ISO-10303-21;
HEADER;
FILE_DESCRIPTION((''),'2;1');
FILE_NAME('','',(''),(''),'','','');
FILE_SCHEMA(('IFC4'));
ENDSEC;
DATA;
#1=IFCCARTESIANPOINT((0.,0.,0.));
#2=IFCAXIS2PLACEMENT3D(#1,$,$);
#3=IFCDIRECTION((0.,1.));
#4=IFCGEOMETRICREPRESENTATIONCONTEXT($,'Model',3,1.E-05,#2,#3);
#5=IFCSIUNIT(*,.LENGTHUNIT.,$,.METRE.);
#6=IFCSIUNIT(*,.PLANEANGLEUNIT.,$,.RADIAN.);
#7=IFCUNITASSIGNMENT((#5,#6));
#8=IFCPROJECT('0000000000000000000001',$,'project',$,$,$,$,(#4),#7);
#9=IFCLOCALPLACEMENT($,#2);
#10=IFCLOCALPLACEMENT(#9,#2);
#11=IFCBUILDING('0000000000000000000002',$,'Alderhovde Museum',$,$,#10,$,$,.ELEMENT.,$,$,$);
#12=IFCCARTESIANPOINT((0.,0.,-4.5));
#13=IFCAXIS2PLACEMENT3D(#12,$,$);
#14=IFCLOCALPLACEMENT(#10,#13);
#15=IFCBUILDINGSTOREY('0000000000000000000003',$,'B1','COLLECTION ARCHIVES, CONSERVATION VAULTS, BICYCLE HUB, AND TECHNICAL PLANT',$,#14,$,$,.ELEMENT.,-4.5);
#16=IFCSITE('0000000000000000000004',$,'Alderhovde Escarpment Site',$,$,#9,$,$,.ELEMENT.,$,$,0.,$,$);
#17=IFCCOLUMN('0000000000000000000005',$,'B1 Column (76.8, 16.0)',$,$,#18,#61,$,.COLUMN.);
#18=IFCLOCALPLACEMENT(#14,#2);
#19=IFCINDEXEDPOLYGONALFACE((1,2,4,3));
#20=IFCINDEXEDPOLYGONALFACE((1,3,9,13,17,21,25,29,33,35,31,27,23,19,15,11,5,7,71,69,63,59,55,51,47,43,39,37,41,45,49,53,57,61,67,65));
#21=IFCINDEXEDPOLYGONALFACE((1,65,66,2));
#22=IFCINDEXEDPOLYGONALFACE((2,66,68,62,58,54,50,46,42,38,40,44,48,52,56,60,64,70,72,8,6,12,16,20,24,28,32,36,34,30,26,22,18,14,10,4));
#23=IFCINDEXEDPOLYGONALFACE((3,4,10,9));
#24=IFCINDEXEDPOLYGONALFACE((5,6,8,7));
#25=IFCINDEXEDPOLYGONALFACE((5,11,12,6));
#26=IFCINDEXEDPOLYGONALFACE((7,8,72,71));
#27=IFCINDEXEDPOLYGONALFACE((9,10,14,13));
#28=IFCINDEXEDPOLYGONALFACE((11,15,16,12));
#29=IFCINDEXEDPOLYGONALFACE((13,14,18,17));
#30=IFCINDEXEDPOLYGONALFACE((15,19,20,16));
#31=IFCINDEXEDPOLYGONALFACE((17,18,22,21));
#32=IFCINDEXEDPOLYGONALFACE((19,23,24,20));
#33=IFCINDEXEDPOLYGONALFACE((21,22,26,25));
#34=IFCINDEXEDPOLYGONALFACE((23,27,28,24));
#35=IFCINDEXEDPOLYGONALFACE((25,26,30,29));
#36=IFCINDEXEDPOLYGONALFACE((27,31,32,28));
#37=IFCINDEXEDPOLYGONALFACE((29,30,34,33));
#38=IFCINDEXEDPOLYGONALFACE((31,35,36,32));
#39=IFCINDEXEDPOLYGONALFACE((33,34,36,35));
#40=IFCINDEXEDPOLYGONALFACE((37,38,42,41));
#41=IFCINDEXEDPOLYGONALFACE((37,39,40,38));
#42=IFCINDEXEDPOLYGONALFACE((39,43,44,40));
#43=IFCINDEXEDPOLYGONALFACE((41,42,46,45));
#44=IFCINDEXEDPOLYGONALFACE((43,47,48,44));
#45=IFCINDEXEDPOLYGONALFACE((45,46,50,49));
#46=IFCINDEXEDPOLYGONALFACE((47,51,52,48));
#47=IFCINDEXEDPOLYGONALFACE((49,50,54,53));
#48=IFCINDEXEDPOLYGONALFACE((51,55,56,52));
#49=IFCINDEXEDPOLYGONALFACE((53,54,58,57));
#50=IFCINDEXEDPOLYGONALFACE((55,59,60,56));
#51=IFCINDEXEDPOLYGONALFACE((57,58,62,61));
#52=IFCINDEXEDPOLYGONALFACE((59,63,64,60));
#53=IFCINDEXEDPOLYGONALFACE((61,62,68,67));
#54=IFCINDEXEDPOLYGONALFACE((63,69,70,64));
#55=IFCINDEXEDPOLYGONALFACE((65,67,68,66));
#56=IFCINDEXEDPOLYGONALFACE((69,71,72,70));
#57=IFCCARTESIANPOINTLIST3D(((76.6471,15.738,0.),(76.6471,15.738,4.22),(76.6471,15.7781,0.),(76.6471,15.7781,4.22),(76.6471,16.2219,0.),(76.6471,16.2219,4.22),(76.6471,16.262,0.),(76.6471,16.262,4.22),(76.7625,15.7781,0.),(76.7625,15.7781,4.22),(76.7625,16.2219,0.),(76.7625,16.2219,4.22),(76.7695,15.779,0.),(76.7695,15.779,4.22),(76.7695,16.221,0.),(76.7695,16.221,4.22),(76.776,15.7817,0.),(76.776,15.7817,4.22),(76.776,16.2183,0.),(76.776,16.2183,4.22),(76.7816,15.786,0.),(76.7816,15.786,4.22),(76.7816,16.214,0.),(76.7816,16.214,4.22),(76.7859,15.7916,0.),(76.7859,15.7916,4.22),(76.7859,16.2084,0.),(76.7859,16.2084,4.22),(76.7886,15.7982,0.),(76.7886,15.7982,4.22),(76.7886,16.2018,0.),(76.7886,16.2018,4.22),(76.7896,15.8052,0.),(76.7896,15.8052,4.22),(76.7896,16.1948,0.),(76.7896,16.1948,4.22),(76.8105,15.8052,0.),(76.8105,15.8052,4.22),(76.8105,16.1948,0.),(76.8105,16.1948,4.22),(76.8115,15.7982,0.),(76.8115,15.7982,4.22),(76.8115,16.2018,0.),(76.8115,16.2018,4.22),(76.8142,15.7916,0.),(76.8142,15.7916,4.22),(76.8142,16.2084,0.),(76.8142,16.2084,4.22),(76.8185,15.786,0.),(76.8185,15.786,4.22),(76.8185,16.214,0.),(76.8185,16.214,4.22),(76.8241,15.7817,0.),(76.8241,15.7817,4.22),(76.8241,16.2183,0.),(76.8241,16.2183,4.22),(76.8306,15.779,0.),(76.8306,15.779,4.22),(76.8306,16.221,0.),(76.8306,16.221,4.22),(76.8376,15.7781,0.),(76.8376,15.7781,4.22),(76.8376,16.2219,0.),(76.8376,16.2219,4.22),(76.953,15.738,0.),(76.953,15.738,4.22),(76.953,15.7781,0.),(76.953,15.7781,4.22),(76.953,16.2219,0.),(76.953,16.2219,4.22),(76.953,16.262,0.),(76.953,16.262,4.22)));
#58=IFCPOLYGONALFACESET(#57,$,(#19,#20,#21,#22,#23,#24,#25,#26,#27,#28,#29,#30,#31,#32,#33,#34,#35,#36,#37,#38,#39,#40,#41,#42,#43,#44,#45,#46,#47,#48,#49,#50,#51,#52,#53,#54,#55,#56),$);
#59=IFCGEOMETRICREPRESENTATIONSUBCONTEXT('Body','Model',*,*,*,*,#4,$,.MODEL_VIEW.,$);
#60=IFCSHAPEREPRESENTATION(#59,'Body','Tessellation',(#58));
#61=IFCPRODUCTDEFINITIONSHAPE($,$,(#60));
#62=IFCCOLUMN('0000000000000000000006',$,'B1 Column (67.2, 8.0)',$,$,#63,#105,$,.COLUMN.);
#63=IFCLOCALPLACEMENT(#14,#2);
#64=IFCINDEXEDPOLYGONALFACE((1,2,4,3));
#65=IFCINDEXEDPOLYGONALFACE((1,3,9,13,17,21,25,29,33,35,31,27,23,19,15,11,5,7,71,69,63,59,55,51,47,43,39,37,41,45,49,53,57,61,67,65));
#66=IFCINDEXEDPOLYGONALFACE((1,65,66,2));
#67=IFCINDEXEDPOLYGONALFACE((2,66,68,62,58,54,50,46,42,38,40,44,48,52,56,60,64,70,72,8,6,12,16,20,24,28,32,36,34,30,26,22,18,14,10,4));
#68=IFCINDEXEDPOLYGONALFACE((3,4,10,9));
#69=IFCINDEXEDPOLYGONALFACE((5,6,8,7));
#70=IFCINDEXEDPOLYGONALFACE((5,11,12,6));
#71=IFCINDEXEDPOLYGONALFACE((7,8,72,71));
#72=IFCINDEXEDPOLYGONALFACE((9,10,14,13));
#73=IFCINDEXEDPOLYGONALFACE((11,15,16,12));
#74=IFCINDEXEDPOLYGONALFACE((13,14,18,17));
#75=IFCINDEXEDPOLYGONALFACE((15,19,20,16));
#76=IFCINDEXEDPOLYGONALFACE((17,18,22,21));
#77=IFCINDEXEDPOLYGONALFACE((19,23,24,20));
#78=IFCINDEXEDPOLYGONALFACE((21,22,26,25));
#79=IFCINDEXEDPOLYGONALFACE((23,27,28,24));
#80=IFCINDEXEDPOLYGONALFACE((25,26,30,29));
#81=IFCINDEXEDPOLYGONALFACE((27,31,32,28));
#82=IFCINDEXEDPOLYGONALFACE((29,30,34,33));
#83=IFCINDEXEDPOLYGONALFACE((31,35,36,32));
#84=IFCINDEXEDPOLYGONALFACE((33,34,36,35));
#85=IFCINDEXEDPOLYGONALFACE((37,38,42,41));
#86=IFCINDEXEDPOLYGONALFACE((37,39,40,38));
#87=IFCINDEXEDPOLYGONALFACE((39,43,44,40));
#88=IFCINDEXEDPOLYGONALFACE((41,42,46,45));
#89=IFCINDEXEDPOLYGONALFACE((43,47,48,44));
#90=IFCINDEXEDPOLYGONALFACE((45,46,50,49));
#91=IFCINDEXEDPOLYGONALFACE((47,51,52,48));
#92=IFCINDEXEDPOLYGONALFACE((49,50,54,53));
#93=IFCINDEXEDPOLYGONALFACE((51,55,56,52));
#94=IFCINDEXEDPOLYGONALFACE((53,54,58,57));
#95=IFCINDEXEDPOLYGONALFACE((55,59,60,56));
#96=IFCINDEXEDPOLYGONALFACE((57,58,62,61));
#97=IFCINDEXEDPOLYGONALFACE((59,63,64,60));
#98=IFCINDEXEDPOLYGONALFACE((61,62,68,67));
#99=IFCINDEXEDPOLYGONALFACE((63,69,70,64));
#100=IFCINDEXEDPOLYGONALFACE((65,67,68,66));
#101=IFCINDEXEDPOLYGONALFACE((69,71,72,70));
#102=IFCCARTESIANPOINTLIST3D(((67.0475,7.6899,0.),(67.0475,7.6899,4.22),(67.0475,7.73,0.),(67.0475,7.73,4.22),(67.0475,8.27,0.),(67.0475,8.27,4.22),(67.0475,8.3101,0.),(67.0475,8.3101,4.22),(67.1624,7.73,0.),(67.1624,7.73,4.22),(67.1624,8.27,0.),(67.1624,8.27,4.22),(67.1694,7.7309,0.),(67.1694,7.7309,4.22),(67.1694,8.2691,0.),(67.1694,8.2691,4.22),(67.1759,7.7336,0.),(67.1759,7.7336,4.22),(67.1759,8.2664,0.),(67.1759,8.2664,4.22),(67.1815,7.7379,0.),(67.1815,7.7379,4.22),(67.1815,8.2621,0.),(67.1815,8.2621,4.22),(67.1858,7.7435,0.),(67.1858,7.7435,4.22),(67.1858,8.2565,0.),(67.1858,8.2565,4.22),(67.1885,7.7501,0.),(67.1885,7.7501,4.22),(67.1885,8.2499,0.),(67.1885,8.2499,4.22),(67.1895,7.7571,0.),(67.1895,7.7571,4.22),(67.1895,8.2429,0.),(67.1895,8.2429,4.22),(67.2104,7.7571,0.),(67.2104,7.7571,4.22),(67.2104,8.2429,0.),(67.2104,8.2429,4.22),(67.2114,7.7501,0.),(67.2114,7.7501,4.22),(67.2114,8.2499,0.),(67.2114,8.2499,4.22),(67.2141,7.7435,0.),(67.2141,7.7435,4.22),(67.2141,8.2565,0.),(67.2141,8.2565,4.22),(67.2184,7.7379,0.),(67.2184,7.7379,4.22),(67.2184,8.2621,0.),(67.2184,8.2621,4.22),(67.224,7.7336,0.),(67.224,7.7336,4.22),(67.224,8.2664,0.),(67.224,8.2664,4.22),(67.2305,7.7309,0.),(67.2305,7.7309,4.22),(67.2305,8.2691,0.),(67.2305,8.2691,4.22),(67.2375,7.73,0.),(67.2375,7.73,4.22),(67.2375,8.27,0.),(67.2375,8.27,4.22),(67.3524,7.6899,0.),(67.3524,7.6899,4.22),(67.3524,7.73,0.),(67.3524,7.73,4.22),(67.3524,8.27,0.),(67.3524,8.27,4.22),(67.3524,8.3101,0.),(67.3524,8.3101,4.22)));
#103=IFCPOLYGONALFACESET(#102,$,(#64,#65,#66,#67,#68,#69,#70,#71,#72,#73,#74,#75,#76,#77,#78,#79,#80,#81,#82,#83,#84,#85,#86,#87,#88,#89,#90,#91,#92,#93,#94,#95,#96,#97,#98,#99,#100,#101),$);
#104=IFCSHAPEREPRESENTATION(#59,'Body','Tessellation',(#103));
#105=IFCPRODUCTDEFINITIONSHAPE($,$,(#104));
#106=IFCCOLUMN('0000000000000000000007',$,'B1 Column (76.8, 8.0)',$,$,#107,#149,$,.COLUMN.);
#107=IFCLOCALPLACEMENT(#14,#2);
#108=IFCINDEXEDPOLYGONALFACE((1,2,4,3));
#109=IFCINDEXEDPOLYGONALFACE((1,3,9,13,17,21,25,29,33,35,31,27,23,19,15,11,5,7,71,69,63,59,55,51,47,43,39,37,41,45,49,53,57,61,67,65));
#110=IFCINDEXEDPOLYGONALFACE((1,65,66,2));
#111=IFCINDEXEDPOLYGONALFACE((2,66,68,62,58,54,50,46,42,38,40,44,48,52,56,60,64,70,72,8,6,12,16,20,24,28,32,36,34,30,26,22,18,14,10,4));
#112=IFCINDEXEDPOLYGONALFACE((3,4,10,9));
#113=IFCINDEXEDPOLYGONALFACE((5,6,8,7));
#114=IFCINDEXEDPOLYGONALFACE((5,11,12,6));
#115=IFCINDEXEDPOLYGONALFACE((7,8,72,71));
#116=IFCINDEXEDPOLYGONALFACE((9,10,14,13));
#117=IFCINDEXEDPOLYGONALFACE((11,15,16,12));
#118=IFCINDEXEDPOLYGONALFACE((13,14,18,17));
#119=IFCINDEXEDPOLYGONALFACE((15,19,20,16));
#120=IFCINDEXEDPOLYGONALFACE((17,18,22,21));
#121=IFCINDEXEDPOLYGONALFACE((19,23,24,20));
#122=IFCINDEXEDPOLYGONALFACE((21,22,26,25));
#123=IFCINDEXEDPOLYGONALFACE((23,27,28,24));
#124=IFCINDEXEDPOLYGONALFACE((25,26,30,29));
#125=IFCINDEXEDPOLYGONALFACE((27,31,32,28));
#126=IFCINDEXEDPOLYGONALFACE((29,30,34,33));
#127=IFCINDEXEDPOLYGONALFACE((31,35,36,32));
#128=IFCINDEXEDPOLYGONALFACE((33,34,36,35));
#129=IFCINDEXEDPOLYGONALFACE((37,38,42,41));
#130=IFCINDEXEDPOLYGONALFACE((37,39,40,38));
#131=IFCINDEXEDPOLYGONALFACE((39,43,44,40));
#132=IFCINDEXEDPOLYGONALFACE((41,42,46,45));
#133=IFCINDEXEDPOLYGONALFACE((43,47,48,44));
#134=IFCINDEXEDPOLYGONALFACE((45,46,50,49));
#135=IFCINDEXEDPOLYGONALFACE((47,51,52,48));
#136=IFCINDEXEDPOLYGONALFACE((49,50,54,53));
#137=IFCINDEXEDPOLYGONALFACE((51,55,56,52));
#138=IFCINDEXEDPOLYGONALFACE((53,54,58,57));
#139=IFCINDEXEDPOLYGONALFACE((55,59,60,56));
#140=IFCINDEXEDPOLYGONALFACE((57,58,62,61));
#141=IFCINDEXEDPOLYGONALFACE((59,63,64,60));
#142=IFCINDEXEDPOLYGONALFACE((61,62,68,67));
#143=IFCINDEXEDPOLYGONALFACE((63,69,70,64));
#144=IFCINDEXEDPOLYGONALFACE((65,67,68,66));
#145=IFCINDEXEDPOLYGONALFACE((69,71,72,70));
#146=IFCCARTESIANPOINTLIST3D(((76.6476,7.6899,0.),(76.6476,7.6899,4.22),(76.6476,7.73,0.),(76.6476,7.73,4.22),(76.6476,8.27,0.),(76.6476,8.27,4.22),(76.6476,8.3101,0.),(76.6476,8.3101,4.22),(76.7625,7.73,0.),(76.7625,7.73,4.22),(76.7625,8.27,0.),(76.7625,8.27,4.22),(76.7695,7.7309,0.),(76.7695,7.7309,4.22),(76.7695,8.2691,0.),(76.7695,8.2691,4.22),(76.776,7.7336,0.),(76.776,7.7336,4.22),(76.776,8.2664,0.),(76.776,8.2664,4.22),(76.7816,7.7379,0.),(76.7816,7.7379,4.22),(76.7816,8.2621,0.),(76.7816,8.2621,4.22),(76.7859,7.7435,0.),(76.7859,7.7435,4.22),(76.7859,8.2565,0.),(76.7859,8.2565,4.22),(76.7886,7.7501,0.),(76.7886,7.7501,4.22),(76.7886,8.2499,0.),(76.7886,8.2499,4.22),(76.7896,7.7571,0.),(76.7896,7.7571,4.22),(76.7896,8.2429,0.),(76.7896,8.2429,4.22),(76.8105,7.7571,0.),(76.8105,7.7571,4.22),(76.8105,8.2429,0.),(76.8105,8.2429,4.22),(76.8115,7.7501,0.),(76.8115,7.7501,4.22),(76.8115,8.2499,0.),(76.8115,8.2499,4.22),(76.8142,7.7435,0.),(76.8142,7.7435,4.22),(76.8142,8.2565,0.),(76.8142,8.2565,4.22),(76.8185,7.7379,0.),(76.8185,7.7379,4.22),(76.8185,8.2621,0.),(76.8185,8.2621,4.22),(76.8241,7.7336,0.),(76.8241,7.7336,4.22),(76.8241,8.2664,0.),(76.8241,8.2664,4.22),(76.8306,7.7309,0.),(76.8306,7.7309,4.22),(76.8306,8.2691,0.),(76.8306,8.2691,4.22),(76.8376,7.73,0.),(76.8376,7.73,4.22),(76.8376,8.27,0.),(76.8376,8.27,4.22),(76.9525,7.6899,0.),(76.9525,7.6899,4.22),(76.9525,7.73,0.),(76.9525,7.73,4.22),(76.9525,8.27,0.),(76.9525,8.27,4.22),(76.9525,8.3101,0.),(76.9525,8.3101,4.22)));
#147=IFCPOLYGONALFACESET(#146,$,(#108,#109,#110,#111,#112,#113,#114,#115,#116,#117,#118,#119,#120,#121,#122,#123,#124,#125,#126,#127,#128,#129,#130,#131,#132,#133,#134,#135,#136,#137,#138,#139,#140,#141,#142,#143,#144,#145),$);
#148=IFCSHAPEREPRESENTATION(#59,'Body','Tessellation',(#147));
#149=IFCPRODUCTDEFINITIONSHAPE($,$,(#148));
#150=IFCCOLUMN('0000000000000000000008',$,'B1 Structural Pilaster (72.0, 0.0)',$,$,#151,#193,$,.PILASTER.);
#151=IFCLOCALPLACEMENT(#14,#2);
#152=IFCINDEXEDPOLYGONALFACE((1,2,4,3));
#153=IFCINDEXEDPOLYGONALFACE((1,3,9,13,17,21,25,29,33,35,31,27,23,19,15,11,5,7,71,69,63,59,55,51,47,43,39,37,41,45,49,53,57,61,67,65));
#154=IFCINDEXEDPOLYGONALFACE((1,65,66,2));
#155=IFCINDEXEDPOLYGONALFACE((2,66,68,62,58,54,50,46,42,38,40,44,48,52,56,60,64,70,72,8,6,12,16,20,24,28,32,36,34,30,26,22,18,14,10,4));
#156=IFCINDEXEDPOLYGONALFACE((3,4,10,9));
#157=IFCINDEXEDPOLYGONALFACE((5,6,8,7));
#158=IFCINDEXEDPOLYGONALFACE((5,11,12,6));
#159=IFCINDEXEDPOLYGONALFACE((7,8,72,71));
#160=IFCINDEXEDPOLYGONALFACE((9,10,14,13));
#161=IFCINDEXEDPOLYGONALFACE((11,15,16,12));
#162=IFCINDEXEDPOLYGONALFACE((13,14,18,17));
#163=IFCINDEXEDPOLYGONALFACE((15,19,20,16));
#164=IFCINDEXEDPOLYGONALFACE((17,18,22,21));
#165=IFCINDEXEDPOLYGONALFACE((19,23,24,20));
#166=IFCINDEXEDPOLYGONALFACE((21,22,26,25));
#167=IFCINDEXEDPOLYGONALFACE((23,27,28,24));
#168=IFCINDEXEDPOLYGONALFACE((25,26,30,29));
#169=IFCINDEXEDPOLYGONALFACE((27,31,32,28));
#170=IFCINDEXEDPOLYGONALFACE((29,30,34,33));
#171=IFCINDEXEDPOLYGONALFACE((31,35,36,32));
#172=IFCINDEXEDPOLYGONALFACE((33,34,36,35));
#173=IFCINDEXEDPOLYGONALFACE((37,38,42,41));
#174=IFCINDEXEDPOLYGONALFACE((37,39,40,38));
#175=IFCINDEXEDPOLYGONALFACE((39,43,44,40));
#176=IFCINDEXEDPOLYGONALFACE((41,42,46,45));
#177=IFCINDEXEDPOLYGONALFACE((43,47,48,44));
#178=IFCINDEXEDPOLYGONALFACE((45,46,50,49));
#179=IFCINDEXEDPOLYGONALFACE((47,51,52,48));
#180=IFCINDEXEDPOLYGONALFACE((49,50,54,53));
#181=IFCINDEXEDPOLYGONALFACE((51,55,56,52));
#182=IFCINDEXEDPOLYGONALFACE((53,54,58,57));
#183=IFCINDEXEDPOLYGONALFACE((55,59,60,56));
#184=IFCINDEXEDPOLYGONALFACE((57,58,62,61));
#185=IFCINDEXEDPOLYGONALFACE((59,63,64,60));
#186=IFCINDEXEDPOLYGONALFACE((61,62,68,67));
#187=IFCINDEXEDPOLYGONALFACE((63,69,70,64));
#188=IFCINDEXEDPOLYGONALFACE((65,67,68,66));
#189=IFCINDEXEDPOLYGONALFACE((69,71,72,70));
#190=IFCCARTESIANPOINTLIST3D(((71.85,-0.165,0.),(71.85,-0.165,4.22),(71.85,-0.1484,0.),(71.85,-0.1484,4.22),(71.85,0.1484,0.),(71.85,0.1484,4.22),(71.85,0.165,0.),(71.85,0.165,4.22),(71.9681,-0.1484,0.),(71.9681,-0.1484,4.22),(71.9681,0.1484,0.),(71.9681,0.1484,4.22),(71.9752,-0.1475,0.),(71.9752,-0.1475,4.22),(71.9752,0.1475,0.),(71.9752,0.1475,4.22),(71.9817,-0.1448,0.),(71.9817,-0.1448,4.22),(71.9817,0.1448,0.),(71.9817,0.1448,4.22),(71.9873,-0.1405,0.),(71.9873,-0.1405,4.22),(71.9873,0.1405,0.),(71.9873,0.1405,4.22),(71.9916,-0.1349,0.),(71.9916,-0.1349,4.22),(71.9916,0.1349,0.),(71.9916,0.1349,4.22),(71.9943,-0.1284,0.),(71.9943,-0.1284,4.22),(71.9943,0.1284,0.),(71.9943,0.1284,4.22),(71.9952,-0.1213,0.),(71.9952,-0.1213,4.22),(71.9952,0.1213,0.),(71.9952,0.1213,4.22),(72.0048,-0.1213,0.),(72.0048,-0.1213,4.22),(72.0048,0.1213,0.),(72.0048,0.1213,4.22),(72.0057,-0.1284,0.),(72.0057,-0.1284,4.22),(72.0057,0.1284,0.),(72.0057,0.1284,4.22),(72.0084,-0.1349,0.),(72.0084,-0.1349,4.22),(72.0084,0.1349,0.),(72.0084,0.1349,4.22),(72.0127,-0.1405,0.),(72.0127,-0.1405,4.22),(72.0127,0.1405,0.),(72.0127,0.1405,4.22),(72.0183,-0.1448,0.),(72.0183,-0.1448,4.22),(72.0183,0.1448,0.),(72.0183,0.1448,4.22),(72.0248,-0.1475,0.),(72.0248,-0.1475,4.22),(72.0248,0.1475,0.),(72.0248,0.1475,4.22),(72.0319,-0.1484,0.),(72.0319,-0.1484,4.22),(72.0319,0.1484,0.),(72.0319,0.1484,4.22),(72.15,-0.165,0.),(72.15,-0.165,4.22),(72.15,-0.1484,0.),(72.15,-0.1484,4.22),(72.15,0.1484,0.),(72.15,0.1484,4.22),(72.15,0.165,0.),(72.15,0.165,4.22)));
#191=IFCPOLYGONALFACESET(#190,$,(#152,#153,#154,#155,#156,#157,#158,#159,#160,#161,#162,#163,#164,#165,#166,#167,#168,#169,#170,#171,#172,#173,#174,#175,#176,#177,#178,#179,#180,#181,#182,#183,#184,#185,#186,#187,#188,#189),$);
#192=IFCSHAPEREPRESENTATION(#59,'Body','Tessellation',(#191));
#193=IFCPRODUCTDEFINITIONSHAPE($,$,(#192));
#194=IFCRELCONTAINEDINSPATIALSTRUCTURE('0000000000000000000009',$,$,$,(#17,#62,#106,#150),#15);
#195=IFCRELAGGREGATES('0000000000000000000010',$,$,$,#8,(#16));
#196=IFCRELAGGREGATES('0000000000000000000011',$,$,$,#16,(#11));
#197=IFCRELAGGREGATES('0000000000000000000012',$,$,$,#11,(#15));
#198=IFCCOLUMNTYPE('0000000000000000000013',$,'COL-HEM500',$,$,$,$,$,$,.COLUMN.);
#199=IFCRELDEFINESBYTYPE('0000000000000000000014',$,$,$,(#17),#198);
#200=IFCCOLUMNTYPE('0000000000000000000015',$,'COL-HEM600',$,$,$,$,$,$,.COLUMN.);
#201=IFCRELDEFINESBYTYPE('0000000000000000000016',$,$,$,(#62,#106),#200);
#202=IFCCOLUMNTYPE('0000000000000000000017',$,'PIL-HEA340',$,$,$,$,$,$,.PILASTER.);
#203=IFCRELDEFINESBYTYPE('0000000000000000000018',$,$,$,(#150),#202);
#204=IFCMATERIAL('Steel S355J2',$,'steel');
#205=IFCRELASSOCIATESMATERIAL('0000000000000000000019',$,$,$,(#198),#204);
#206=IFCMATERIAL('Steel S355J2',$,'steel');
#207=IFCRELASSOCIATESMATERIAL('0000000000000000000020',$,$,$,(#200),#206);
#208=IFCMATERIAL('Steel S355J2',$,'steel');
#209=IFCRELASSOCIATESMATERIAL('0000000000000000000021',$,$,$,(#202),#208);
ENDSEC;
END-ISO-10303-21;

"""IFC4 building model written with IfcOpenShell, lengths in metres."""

from ifc_helpers import new_model, si_unit, direction, frame, origin, origin_2d, place, context, subcontext, project, spatial, i_section, extrude, material, material_profile, profile_set, type_object, element, save


model = new_model("IFC4")

# Units and contexts
model_context = context("Model", 3, precision=1e-05, world=origin(), true_north=direction((0.0, 1.0)))
body_context = subcontext(model_context, "Body", "Model", "MODEL_VIEW")
ifc_project = project(units=[si_unit("LENGTHUNIT", "METRE"), si_unit("PLANEANGLEUNIT", "RADIAN")], contexts=[model_context])

# Site, building, storey
site_placement = place(None, origin())
site = spatial("IfcSite", under=ifc_project, at=site_placement, Name="Alderhovde Escarpment Site", CompositionType="ELEMENT", RefElevation=0.0)
building_placement = place(site_placement, origin())
building = spatial("IfcBuilding", under=site, at=building_placement, Name="Alderhovde Museum", CompositionType="ELEMENT")
storey_placement = place(building_placement, frame((0.0, 0.0, -4.5)))
storey = spatial("IfcBuildingStorey", under=building, at=storey_placement, Name="B1", Description="COLLECTION ARCHIVES, CONSERVATION VAULTS, BICYCLE HUB, AND TECHNICAL PLANT", CompositionType="ELEMENT", Elevation=-4.5)

# Columns
ifc_material_1 = material(Name="Steel S355J2", Category="steel")
ifc_material_profile_1 = material_profile(ifc_material_1, i_section(OverallWidth=0.3059, OverallDepth=0.5239, WebThickness=0.021, FlangeThickness=0.04, FilletRadius=0.0271, at=origin_2d()), Name="HEM 500")
ifc_profile_set_1 = profile_set([ifc_material_profile_1], Name="Steel S355J2")
column_type_1 = type_object("IfcColumnType", Name="COL-HEM500", PredefinedType="COLUMN", material=ifc_profile_set_1)
for number, where, z_axis, x_axis, name in (
    (1, (76.8, 16.0, 0.0), (0.0, 0.0, 1.0), (1.0, 0.0, 0.0), "B1 Column (76.8, 16.0)"),
):
    element("IfcColumn", number, at=place(storey_placement, frame(where, z_axis=z_axis, x_axis=x_axis)), inside=storey, type_object=column_type_1, Name=name, PredefinedType="COLUMN", context=body_context, shape_type="SweptSolid", body=[
        extrude(i_section(OverallWidth=0.3059, OverallDepth=0.5239, WebThickness=0.021, FlangeThickness=0.04, FilletRadius=0.0271, at=origin_2d()), origin(), (0.0, 0.0, 1.0), 4.22),
    ])
ifc_material_2 = material(Name="Steel S355J2", Category="steel")
ifc_material_profile_2 = material_profile(ifc_material_2, i_section(OverallWidth=0.3049, OverallDepth=0.6201, WebThickness=0.021, FlangeThickness=0.04, FilletRadius=0.0271, at=origin_2d()), Name="HEM 600")
ifc_profile_set_2 = profile_set([ifc_material_profile_2], Name="Steel S355J2")
column_type_2 = type_object("IfcColumnType", Name="COL-HEM600", PredefinedType="COLUMN", material=ifc_profile_set_2)
for number, where, z_axis, x_axis, name in (
    (2, (67.2, 8.0, 0.0), (0.0, 0.0, 1.0), (1.0, 0.0, 0.0), "B1 Column (67.2, 8.0)"),
    (3, (76.8, 8.0, 0.0), (0.0, 0.0, 1.0), (1.0, 0.0, 0.0), "B1 Column (76.8, 8.0)"),
):
    element("IfcColumn", number, at=place(storey_placement, frame(where, z_axis=z_axis, x_axis=x_axis)), inside=storey, type_object=column_type_2, Name=name, PredefinedType="COLUMN", context=body_context, shape_type="SweptSolid", body=[
        extrude(i_section(OverallWidth=0.3049, OverallDepth=0.6201, WebThickness=0.021, FlangeThickness=0.04, FilletRadius=0.0271, at=origin_2d()), origin(), (0.0, 0.0, 1.0), 4.22),
    ])
ifc_material_3 = material(Name="Steel S355J2", Category="steel")
ifc_material_profile_3 = material_profile(ifc_material_3, i_section(OverallWidth=0.3, OverallDepth=0.3301, WebThickness=0.0095, FlangeThickness=0.0166, FilletRadius=0.0271, at=origin_2d()), Name="HEA 340")
ifc_profile_set_3 = profile_set([ifc_material_profile_3], Name="Steel S355J2")
column_type_3 = type_object("IfcColumnType", Name="PIL-HEA340", PredefinedType="PILASTER", material=ifc_profile_set_3)
column_placement = place(storey_placement, frame((72.0, 0.0, 0.0), z_axis=(0.0, 0.0, 1.0), x_axis=(1.0, 0.0, 0.0)))
element("IfcColumn", 4, at=column_placement, inside=storey, type_object=column_type_3, Name="B1 Structural Pilaster (72.0, 0.0)", PredefinedType="PILASTER", context=body_context, shape_type="SweptSolid", body=[
    extrude(i_section(OverallWidth=0.3, OverallDepth=0.3301, WebThickness=0.0095, FlangeThickness=0.0166, FilletRadius=0.0271, at=origin_2d()), origin(), (0.0, 0.0, 1.0), 4.22),
])

save(model, "model.ifc")
